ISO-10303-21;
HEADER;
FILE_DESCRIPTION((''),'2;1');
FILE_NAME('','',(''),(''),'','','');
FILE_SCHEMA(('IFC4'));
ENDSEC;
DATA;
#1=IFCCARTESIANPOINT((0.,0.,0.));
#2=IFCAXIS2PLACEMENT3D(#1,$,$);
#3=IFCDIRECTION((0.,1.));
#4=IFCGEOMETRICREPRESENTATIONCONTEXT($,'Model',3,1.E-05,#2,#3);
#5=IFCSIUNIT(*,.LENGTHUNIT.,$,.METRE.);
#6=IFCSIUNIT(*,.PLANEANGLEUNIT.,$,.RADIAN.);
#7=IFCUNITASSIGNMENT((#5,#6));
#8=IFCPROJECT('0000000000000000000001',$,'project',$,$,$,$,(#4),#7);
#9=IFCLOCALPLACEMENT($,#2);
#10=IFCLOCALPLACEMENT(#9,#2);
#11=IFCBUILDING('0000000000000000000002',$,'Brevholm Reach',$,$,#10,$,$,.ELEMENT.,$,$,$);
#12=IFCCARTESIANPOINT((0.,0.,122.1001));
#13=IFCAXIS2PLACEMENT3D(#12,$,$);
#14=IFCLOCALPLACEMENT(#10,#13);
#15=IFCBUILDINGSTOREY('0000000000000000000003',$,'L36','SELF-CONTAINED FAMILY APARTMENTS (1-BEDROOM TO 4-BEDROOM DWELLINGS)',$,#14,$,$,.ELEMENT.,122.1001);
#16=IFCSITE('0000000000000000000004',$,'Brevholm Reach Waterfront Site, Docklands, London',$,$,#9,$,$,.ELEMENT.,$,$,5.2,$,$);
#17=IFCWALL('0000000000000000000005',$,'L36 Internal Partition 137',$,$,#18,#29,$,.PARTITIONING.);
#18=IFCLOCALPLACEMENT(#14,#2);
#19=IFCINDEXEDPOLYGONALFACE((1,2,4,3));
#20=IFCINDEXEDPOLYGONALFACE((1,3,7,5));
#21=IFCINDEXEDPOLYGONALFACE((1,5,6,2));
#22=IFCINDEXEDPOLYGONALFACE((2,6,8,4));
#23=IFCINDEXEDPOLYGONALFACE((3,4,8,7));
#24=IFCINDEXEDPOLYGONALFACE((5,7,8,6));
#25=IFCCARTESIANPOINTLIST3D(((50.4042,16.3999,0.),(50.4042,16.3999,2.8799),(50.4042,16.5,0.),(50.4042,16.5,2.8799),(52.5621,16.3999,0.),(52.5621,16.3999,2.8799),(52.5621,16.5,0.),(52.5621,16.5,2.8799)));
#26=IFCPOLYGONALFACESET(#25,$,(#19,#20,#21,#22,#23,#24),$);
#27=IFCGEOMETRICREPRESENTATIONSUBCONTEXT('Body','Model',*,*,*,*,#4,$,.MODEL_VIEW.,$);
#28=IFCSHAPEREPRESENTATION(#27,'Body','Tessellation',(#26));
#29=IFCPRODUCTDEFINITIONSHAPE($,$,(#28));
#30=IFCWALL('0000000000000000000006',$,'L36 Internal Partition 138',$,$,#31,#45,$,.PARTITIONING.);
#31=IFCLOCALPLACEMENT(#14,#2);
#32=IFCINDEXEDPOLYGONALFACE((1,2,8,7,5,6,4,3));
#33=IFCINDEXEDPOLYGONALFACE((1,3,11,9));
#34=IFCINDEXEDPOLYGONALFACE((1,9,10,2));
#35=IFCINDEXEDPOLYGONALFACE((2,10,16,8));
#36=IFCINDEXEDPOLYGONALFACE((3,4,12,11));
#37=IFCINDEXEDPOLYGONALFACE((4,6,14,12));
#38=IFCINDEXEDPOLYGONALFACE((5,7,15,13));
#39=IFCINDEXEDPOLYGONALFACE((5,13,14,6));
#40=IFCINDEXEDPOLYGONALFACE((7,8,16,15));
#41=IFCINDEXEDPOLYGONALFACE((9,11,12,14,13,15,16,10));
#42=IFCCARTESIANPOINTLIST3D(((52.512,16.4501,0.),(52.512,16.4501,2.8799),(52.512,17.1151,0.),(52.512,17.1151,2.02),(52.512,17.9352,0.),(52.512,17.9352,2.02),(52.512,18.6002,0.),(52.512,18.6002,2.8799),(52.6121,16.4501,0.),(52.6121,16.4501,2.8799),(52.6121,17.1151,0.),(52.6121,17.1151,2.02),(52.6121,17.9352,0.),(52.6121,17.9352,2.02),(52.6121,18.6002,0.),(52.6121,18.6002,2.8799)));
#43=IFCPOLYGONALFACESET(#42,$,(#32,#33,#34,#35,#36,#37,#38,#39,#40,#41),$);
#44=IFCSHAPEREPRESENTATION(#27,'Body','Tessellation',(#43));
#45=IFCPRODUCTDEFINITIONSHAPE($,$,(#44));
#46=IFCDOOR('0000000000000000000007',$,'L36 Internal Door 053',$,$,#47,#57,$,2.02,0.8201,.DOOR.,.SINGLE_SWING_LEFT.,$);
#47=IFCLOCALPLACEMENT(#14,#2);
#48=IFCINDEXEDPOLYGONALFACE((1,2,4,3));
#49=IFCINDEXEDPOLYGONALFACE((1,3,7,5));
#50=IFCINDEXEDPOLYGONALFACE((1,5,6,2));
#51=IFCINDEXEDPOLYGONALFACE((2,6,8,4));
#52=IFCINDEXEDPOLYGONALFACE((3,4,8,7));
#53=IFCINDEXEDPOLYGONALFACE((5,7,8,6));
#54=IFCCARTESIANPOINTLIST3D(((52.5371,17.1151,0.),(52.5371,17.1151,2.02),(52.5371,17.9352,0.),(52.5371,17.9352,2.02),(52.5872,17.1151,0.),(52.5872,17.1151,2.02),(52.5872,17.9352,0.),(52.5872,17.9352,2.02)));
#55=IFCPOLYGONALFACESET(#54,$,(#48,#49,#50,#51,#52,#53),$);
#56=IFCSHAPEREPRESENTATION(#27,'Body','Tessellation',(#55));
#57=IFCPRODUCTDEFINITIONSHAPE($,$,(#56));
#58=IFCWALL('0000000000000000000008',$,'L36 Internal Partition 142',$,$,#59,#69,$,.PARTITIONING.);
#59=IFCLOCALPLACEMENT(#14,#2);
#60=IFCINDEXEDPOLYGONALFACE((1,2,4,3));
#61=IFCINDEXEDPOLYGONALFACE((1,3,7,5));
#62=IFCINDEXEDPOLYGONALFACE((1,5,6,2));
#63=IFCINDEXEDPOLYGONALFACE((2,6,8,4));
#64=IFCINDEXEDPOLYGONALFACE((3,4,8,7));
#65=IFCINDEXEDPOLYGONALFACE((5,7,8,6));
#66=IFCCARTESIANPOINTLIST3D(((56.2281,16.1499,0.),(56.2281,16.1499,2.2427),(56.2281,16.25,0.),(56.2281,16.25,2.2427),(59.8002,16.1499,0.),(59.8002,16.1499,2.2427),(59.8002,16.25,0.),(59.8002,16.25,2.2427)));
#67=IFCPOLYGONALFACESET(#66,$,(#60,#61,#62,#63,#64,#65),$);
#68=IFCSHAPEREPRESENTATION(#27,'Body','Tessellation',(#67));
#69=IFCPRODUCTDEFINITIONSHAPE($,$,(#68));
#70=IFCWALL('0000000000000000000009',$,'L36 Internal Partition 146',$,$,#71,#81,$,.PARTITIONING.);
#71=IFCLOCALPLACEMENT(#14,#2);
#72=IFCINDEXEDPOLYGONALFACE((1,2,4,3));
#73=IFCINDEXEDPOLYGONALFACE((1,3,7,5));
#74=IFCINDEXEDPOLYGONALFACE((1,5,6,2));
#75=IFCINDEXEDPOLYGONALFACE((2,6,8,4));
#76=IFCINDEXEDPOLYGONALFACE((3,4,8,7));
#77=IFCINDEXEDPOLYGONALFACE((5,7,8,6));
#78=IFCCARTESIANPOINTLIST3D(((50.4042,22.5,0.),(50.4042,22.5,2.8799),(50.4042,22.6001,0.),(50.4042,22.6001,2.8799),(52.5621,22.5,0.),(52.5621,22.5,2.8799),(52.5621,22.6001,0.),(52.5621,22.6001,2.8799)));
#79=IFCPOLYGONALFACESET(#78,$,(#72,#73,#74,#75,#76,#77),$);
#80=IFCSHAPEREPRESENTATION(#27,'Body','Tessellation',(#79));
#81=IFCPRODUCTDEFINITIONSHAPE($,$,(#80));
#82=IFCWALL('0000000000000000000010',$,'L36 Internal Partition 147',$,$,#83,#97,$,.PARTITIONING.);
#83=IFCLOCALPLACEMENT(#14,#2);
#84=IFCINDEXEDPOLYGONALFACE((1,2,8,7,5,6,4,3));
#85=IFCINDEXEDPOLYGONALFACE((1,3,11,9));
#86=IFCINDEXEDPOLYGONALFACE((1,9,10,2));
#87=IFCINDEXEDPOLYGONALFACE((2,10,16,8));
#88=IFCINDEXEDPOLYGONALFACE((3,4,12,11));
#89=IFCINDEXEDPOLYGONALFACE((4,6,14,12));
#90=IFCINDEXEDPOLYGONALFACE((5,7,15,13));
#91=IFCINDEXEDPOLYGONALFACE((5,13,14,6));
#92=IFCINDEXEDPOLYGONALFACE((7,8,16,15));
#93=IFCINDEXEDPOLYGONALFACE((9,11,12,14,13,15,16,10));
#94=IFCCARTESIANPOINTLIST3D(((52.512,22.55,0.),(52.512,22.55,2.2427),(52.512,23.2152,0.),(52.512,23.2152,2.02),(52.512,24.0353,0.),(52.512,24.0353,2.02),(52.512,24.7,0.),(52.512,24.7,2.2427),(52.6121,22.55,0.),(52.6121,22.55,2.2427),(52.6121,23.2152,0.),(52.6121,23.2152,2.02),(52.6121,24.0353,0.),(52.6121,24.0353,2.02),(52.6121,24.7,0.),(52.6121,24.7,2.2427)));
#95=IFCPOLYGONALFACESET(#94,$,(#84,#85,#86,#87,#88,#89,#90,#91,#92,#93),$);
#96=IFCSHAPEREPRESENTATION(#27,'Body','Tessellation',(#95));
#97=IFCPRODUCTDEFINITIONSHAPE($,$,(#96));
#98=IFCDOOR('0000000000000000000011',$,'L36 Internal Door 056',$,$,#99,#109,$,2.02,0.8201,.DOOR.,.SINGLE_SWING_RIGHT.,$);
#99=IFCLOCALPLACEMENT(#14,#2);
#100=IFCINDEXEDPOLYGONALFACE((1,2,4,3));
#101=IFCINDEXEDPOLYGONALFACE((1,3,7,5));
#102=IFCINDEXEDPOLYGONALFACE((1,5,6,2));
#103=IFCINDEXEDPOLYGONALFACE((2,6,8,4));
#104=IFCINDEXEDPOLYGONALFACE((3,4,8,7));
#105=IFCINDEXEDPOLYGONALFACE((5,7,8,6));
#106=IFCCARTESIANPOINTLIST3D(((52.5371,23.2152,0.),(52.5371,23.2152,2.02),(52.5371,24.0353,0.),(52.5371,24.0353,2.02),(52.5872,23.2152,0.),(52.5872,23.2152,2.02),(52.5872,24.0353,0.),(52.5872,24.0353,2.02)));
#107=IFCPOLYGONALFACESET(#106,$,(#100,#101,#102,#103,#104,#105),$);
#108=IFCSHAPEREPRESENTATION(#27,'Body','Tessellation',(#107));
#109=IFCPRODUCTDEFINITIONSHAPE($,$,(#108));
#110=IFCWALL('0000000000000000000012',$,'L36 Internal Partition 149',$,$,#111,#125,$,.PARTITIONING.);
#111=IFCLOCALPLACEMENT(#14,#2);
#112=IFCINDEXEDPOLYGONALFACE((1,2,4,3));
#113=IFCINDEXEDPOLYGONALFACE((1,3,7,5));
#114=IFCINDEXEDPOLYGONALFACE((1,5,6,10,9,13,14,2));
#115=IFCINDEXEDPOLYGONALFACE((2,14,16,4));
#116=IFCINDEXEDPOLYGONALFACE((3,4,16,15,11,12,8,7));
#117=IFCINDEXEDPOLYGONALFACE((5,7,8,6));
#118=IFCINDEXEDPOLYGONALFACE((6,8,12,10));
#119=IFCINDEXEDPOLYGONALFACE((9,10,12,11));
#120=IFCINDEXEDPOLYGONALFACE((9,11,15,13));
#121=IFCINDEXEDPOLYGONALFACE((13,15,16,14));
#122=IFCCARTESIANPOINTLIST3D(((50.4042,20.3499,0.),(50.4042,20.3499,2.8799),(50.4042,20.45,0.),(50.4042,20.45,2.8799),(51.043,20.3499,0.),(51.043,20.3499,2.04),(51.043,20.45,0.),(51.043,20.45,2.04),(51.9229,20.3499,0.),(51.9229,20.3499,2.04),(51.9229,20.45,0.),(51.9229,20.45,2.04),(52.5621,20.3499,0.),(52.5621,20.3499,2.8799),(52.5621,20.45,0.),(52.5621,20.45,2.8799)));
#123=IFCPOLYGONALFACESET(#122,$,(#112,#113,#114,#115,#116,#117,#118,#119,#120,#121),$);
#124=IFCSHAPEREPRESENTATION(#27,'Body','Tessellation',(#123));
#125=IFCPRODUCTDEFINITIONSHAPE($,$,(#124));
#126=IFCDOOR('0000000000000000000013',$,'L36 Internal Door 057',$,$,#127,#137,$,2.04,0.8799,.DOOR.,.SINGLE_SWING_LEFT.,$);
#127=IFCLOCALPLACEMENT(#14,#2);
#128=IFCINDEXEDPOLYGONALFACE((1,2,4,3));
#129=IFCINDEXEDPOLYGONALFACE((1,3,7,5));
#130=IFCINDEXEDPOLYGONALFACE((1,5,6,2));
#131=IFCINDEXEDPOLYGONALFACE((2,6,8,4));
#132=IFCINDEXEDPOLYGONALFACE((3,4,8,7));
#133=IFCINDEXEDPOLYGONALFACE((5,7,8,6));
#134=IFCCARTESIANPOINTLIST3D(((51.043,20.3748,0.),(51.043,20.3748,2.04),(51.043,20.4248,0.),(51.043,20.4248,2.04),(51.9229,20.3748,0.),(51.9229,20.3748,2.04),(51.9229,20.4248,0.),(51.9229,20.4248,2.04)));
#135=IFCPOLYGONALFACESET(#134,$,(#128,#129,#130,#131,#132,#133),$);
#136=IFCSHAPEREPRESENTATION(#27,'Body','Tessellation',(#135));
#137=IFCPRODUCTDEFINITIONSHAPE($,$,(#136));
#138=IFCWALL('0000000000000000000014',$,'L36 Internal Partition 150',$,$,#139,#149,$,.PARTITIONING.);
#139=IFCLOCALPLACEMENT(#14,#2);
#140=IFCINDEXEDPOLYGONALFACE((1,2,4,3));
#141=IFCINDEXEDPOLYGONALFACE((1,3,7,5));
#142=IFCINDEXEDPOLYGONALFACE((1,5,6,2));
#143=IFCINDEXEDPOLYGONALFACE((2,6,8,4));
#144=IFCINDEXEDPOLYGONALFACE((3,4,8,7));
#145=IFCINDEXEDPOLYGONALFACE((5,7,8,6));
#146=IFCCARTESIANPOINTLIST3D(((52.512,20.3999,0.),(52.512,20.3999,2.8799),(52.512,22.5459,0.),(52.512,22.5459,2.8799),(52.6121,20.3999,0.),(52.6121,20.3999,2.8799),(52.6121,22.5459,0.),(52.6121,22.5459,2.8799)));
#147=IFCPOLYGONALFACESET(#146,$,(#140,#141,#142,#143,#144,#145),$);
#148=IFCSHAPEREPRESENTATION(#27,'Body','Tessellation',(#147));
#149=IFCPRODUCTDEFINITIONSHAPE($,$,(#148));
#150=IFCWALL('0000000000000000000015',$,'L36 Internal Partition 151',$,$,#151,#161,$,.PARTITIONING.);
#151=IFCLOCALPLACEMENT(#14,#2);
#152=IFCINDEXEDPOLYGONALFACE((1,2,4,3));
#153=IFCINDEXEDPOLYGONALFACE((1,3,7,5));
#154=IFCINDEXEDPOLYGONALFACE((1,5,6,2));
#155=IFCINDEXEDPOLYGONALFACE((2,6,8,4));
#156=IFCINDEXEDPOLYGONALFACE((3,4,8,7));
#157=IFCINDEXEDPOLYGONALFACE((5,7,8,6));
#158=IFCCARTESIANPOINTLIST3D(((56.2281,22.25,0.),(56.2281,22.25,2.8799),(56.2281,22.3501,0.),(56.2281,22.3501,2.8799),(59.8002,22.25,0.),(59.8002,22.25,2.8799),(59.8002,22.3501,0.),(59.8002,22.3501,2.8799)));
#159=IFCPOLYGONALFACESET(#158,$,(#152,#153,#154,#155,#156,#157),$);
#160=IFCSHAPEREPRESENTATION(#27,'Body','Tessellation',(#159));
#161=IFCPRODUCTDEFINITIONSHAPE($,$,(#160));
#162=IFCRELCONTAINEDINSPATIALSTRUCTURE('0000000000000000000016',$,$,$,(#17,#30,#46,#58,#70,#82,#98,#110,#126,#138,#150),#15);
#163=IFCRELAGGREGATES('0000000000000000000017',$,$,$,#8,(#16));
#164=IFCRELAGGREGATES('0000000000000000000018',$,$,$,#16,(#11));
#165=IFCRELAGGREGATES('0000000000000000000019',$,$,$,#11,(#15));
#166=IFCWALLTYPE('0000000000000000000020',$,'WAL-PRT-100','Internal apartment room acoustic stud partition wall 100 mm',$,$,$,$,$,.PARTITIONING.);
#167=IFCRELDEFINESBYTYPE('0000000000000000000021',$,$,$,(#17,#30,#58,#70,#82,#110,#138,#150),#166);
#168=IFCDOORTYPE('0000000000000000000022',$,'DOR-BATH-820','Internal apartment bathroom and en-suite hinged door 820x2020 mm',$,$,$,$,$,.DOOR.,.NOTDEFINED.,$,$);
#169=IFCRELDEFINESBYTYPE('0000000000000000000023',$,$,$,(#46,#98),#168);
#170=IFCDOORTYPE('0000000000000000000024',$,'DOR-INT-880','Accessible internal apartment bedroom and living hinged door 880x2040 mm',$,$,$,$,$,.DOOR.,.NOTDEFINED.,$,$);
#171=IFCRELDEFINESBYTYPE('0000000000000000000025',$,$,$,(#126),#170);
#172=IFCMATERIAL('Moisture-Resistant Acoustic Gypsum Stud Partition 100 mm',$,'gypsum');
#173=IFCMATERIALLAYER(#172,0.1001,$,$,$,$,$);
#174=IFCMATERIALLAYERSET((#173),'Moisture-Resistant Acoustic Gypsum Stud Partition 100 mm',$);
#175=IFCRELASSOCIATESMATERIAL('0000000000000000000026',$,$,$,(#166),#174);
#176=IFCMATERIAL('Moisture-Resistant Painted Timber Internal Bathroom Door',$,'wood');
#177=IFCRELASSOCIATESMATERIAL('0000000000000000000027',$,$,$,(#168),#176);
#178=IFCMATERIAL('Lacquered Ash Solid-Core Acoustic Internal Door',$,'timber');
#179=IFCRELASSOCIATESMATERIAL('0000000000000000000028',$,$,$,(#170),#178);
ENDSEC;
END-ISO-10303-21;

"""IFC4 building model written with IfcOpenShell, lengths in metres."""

from ifc_helpers import new_model, si_unit, direction, frame, frame_2d, origin, place, context, subcontext, project, spatial, rectangle, extrude, material, layer, layer_set, type_object, element, fill, save


model = new_model("IFC4")

# Units and contexts
model_context = context("Model", 3, precision=1e-05, world=origin(), true_north=direction((0.0, 1.0)))
body_context = subcontext(model_context, "Body", "Model", "MODEL_VIEW")
ifc_project = project(units=[si_unit("LENGTHUNIT", "METRE"), si_unit("PLANEANGLEUNIT", "RADIAN")], contexts=[model_context])

# Site, building, storey
site_placement = place(None, origin())
site = spatial("IfcSite", under=ifc_project, at=site_placement, Name="Brevholm Reach Waterfront Site, Docklands, London", CompositionType="ELEMENT", RefElevation=5.2)
building_placement = place(site_placement, origin())
building = spatial("IfcBuilding", under=site, at=building_placement, Name="Brevholm Reach", CompositionType="ELEMENT")
storey_placement = place(building_placement, frame((0.0, 0.0, 122.1001)))
storey = spatial("IfcBuildingStorey", under=building, at=storey_placement, Name="L36", Description="SELF-CONTAINED FAMILY APARTMENTS (1-BEDROOM TO 4-BEDROOM DWELLINGS)", CompositionType="ELEMENT", Elevation=122.1001)

# Wall
ifc_material_1 = material(Name="Moisture-Resistant Acoustic Gypsum Stud Partition 100 mm", Category="gypsum")
ifc_layer_1 = layer(ifc_material_1, 0.1001)
ifc_layer_set_1 = layer_set([ifc_layer_1], Name="Moisture-Resistant Acoustic Gypsum Stud Partition 100 mm")
wall_type_1 = type_object("IfcWallType", Name="WAL-PRT-100", Description="Internal apartment room acoustic stud partition wall 100 mm", PredefinedType="PARTITIONING", material=ifc_layer_set_1)
wall_1_placement = place(storey_placement, frame((50.4041, 16.45, 0.0), z_axis=(0.0, 0.0, 1.0), x_axis=(1.0, 0.0, 0.0)))
element("IfcWall", 1, at=wall_1_placement, inside=storey, type_object=wall_type_1, Name="L36 Internal Partition 137", PredefinedType="PARTITIONING", context=body_context, shape_type="SweptSolid", body=[
    extrude(rectangle(XDim=2.158, YDim=0.1001, at=frame_2d((1.0791, 0.0))), origin(), (0.0, 0.0, 1.0), 2.8799),
])

# Wall, opening, door
wall_2_placement = place(storey_placement, frame((52.562, 16.45, 0.0), z_axis=(0.0, 0.0, 1.0), x_axis=(0.0, 1.0, 0.0)))
wall_2 = element("IfcWall", 2, at=wall_2_placement, inside=storey, type_object=wall_type_1, Name="L36 Internal Partition 138", PredefinedType="PARTITIONING", context=body_context, shape_type="SweptSolid", body=[
    extrude(rectangle(XDim=2.1501, YDim=0.1001, at=frame_2d((1.0752, 0.0))), origin(), (0.0, 0.0, 1.0), 2.8799),
])
opening_1_placement = place(wall_2_placement, frame((0.665, 0.0, 0.0)))
opening_1 = element("IfcOpeningElement", 3, at=opening_1_placement, cuts=wall_2, PredefinedType="OPENING", context=body_context, shape_type="SweptSolid", body=[
    extrude(rectangle(XDim=0.8201, YDim=2.02, at=frame_2d((0.4102, 1.01))), frame((0.0, 0.0601, 0.0), z_axis=(0.0, -1.0, 0.0), x_axis=(1.0, 0.0, 0.0)), (0.0, 0.0, 1.0), 0.1201),
])
ifc_material_2 = material(Name="Moisture-Resistant Painted Timber Internal Bathroom Door", Category="wood")
door_type_1 = type_object("IfcDoorType", Name="DOR-BATH-820", Description="Internal apartment bathroom and en-suite hinged door 820x2020 mm", OperationType="NOTDEFINED", PredefinedType="DOOR", material=ifc_material_2)
door_1_placement = place(opening_1_placement, origin())
door_1 = element("IfcDoor", 4, at=door_1_placement, inside=storey, type_object=door_type_1, Name="L36 Internal Door 053", OperationType="SINGLE_SWING_LEFT", OverallHeight=2.02, OverallWidth=0.8201, PredefinedType="DOOR", context=body_context, shape_type="SweptSolid", body=[
    extrude(rectangle(XDim=0.8201, YDim=2.02, at=frame_2d((0.4102, 1.01))), frame((0.0, 0.0249, 0.0), z_axis=(0.0, -1.0, 0.0), x_axis=(1.0, 0.0, 0.0)), (0.0, 0.0, 1.0), 0.05),
])
fill(opening_1, door_1)

# Walls
wall_3_placement = place(storey_placement, frame((56.228, 16.2, 0.0), z_axis=(0.0, 0.0, 1.0), x_axis=(1.0, 0.0, 0.0)))
element("IfcWall", 5, at=wall_3_placement, inside=storey, type_object=wall_type_1, Name="L36 Internal Partition 142", PredefinedType="PARTITIONING", context=body_context, shape_type="SweptSolid", body=[
    extrude(rectangle(XDim=3.572, YDim=0.1001, at=frame_2d((1.7861, 0.0))), origin(), (0.0, 0.0, 1.0), 2.2427),
])
wall_4_placement = place(storey_placement, frame((50.4041, 22.55, 0.0), z_axis=(0.0, 0.0, 1.0), x_axis=(1.0, 0.0, 0.0)))
element("IfcWall", 6, at=wall_4_placement, inside=storey, type_object=wall_type_1, Name="L36 Internal Partition 146", PredefinedType="PARTITIONING", context=body_context, shape_type="SweptSolid", body=[
    extrude(rectangle(XDim=2.158, YDim=0.1001, at=frame_2d((1.0791, 0.0))), origin(), (0.0, 0.0, 1.0), 2.8799),
])

# Walls, openings, doors
wall_5_placement = place(storey_placement, frame((52.562, 22.55, 0.0), z_axis=(0.0, 0.0, 1.0), x_axis=(0.0, 1.0, 0.0)))
wall_5 = element("IfcWall", 7, at=wall_5_placement, inside=storey, type_object=wall_type_1, Name="L36 Internal Partition 147", PredefinedType="PARTITIONING", context=body_context, shape_type="SweptSolid", body=[
    extrude(rectangle(XDim=2.1499, YDim=0.1001, at=frame_2d((1.075, 0.0))), origin(), (0.0, 0.0, 1.0), 2.2427),
])
opening_2_placement = place(wall_5_placement, frame((0.665, 0.0, 0.0)))
opening_2 = element("IfcOpeningElement", 8, at=opening_2_placement, cuts=wall_5, PredefinedType="OPENING", context=body_context, shape_type="SweptSolid", body=[
    extrude(rectangle(XDim=0.8201, YDim=2.02, at=frame_2d((0.4102, 1.01))), frame((0.0, 0.0601, 0.0), z_axis=(0.0, -1.0, 0.0), x_axis=(1.0, 0.0, 0.0)), (0.0, 0.0, 1.0), 0.1201),
])
door_2_placement = place(opening_2_placement, origin())
door_2 = element("IfcDoor", 9, at=door_2_placement, inside=storey, type_object=door_type_1, Name="L36 Internal Door 056", OperationType="SINGLE_SWING_RIGHT", OverallHeight=2.02, OverallWidth=0.8201, PredefinedType="DOOR", context=body_context, shape_type="SweptSolid", body=[
    extrude(rectangle(XDim=0.8201, YDim=2.02, at=frame_2d((0.4102, 1.01))), frame((0.0, 0.0249, 0.0), z_axis=(0.0, -1.0, 0.0), x_axis=(1.0, 0.0, 0.0)), (0.0, 0.0, 1.0), 0.05),
])
fill(opening_2, door_2)
wall_6_placement = place(storey_placement, frame((50.4041, 20.3999, 0.0), z_axis=(0.0, 0.0, 1.0), x_axis=(1.0, 0.0, 0.0)))
wall_6 = element("IfcWall", 10, at=wall_6_placement, inside=storey, type_object=wall_type_1, Name="L36 Internal Partition 149", PredefinedType="PARTITIONING", context=body_context, shape_type="SweptSolid", body=[
    extrude(rectangle(XDim=2.158, YDim=0.1001, at=frame_2d((1.0791, 0.0))), origin(), (0.0, 0.0, 1.0), 2.8799),
])
opening_3_placement = place(wall_6_placement, frame((0.6389, 0.0, 0.0)))
opening_3 = element("IfcOpeningElement", 11, at=opening_3_placement, cuts=wall_6, PredefinedType="OPENING", context=body_context, shape_type="SweptSolid", body=[
    extrude(rectangle(XDim=0.8799, YDim=2.04, at=frame_2d((0.4399, 1.02))), frame((0.0, 0.0601, 0.0), z_axis=(0.0, -1.0, 0.0), x_axis=(1.0, 0.0, 0.0)), (0.0, 0.0, 1.0), 0.1201),
])
ifc_material_3 = material(Name="Lacquered Ash Solid-Core Acoustic Internal Door", Category="timber")
door_type_2 = type_object("IfcDoorType", Name="DOR-INT-880", Description="Accessible internal apartment bedroom and living hinged door 880x2040 mm", OperationType="NOTDEFINED", PredefinedType="DOOR", material=ifc_material_3)
door_3_placement = place(opening_3_placement, origin())
door_3 = element("IfcDoor", 12, at=door_3_placement, inside=storey, type_object=door_type_2, Name="L36 Internal Door 057", OperationType="SINGLE_SWING_LEFT", OverallHeight=2.04, OverallWidth=0.8799, PredefinedType="DOOR", context=body_context, shape_type="SweptSolid", body=[
    extrude(rectangle(XDim=0.8799, YDim=2.04, at=frame_2d((0.4399, 1.02))), frame((0.0, 0.0249, 0.0), z_axis=(0.0, -1.0, 0.0), x_axis=(1.0, 0.0, 0.0)), (0.0, 0.0, 1.0), 0.05),
])
fill(opening_3, door_3)

# Walls
wall_7_placement = place(storey_placement, frame((52.562, 20.3999, 0.0), z_axis=(0.0, 0.0, 1.0), x_axis=(0.0, 1.0, 0.0)))
element("IfcWall", 13, at=wall_7_placement, inside=storey, type_object=wall_type_1, Name="L36 Internal Partition 150", PredefinedType="PARTITIONING", context=body_context, shape_type="SweptSolid", body=[
    extrude(rectangle(XDim=2.146, YDim=0.1001, at=frame_2d((1.073, 0.0))), origin(), (0.0, 0.0, 1.0), 2.8799),
])
wall_8_placement = place(storey_placement, frame((56.228, 22.3, 0.0), z_axis=(0.0, 0.0, 1.0), x_axis=(1.0, 0.0, 0.0)))
element("IfcWall", 14, at=wall_8_placement, inside=storey, type_object=wall_type_1, Name="L36 Internal Partition 151", PredefinedType="PARTITIONING", context=body_context, shape_type="SweptSolid", body=[
    extrude(rectangle(XDim=3.572, YDim=0.1001, at=frame_2d((1.7861, 0.0))), origin(), (0.0, 0.0, 1.0), 2.8799),
])

save(model, "model.ifc")
